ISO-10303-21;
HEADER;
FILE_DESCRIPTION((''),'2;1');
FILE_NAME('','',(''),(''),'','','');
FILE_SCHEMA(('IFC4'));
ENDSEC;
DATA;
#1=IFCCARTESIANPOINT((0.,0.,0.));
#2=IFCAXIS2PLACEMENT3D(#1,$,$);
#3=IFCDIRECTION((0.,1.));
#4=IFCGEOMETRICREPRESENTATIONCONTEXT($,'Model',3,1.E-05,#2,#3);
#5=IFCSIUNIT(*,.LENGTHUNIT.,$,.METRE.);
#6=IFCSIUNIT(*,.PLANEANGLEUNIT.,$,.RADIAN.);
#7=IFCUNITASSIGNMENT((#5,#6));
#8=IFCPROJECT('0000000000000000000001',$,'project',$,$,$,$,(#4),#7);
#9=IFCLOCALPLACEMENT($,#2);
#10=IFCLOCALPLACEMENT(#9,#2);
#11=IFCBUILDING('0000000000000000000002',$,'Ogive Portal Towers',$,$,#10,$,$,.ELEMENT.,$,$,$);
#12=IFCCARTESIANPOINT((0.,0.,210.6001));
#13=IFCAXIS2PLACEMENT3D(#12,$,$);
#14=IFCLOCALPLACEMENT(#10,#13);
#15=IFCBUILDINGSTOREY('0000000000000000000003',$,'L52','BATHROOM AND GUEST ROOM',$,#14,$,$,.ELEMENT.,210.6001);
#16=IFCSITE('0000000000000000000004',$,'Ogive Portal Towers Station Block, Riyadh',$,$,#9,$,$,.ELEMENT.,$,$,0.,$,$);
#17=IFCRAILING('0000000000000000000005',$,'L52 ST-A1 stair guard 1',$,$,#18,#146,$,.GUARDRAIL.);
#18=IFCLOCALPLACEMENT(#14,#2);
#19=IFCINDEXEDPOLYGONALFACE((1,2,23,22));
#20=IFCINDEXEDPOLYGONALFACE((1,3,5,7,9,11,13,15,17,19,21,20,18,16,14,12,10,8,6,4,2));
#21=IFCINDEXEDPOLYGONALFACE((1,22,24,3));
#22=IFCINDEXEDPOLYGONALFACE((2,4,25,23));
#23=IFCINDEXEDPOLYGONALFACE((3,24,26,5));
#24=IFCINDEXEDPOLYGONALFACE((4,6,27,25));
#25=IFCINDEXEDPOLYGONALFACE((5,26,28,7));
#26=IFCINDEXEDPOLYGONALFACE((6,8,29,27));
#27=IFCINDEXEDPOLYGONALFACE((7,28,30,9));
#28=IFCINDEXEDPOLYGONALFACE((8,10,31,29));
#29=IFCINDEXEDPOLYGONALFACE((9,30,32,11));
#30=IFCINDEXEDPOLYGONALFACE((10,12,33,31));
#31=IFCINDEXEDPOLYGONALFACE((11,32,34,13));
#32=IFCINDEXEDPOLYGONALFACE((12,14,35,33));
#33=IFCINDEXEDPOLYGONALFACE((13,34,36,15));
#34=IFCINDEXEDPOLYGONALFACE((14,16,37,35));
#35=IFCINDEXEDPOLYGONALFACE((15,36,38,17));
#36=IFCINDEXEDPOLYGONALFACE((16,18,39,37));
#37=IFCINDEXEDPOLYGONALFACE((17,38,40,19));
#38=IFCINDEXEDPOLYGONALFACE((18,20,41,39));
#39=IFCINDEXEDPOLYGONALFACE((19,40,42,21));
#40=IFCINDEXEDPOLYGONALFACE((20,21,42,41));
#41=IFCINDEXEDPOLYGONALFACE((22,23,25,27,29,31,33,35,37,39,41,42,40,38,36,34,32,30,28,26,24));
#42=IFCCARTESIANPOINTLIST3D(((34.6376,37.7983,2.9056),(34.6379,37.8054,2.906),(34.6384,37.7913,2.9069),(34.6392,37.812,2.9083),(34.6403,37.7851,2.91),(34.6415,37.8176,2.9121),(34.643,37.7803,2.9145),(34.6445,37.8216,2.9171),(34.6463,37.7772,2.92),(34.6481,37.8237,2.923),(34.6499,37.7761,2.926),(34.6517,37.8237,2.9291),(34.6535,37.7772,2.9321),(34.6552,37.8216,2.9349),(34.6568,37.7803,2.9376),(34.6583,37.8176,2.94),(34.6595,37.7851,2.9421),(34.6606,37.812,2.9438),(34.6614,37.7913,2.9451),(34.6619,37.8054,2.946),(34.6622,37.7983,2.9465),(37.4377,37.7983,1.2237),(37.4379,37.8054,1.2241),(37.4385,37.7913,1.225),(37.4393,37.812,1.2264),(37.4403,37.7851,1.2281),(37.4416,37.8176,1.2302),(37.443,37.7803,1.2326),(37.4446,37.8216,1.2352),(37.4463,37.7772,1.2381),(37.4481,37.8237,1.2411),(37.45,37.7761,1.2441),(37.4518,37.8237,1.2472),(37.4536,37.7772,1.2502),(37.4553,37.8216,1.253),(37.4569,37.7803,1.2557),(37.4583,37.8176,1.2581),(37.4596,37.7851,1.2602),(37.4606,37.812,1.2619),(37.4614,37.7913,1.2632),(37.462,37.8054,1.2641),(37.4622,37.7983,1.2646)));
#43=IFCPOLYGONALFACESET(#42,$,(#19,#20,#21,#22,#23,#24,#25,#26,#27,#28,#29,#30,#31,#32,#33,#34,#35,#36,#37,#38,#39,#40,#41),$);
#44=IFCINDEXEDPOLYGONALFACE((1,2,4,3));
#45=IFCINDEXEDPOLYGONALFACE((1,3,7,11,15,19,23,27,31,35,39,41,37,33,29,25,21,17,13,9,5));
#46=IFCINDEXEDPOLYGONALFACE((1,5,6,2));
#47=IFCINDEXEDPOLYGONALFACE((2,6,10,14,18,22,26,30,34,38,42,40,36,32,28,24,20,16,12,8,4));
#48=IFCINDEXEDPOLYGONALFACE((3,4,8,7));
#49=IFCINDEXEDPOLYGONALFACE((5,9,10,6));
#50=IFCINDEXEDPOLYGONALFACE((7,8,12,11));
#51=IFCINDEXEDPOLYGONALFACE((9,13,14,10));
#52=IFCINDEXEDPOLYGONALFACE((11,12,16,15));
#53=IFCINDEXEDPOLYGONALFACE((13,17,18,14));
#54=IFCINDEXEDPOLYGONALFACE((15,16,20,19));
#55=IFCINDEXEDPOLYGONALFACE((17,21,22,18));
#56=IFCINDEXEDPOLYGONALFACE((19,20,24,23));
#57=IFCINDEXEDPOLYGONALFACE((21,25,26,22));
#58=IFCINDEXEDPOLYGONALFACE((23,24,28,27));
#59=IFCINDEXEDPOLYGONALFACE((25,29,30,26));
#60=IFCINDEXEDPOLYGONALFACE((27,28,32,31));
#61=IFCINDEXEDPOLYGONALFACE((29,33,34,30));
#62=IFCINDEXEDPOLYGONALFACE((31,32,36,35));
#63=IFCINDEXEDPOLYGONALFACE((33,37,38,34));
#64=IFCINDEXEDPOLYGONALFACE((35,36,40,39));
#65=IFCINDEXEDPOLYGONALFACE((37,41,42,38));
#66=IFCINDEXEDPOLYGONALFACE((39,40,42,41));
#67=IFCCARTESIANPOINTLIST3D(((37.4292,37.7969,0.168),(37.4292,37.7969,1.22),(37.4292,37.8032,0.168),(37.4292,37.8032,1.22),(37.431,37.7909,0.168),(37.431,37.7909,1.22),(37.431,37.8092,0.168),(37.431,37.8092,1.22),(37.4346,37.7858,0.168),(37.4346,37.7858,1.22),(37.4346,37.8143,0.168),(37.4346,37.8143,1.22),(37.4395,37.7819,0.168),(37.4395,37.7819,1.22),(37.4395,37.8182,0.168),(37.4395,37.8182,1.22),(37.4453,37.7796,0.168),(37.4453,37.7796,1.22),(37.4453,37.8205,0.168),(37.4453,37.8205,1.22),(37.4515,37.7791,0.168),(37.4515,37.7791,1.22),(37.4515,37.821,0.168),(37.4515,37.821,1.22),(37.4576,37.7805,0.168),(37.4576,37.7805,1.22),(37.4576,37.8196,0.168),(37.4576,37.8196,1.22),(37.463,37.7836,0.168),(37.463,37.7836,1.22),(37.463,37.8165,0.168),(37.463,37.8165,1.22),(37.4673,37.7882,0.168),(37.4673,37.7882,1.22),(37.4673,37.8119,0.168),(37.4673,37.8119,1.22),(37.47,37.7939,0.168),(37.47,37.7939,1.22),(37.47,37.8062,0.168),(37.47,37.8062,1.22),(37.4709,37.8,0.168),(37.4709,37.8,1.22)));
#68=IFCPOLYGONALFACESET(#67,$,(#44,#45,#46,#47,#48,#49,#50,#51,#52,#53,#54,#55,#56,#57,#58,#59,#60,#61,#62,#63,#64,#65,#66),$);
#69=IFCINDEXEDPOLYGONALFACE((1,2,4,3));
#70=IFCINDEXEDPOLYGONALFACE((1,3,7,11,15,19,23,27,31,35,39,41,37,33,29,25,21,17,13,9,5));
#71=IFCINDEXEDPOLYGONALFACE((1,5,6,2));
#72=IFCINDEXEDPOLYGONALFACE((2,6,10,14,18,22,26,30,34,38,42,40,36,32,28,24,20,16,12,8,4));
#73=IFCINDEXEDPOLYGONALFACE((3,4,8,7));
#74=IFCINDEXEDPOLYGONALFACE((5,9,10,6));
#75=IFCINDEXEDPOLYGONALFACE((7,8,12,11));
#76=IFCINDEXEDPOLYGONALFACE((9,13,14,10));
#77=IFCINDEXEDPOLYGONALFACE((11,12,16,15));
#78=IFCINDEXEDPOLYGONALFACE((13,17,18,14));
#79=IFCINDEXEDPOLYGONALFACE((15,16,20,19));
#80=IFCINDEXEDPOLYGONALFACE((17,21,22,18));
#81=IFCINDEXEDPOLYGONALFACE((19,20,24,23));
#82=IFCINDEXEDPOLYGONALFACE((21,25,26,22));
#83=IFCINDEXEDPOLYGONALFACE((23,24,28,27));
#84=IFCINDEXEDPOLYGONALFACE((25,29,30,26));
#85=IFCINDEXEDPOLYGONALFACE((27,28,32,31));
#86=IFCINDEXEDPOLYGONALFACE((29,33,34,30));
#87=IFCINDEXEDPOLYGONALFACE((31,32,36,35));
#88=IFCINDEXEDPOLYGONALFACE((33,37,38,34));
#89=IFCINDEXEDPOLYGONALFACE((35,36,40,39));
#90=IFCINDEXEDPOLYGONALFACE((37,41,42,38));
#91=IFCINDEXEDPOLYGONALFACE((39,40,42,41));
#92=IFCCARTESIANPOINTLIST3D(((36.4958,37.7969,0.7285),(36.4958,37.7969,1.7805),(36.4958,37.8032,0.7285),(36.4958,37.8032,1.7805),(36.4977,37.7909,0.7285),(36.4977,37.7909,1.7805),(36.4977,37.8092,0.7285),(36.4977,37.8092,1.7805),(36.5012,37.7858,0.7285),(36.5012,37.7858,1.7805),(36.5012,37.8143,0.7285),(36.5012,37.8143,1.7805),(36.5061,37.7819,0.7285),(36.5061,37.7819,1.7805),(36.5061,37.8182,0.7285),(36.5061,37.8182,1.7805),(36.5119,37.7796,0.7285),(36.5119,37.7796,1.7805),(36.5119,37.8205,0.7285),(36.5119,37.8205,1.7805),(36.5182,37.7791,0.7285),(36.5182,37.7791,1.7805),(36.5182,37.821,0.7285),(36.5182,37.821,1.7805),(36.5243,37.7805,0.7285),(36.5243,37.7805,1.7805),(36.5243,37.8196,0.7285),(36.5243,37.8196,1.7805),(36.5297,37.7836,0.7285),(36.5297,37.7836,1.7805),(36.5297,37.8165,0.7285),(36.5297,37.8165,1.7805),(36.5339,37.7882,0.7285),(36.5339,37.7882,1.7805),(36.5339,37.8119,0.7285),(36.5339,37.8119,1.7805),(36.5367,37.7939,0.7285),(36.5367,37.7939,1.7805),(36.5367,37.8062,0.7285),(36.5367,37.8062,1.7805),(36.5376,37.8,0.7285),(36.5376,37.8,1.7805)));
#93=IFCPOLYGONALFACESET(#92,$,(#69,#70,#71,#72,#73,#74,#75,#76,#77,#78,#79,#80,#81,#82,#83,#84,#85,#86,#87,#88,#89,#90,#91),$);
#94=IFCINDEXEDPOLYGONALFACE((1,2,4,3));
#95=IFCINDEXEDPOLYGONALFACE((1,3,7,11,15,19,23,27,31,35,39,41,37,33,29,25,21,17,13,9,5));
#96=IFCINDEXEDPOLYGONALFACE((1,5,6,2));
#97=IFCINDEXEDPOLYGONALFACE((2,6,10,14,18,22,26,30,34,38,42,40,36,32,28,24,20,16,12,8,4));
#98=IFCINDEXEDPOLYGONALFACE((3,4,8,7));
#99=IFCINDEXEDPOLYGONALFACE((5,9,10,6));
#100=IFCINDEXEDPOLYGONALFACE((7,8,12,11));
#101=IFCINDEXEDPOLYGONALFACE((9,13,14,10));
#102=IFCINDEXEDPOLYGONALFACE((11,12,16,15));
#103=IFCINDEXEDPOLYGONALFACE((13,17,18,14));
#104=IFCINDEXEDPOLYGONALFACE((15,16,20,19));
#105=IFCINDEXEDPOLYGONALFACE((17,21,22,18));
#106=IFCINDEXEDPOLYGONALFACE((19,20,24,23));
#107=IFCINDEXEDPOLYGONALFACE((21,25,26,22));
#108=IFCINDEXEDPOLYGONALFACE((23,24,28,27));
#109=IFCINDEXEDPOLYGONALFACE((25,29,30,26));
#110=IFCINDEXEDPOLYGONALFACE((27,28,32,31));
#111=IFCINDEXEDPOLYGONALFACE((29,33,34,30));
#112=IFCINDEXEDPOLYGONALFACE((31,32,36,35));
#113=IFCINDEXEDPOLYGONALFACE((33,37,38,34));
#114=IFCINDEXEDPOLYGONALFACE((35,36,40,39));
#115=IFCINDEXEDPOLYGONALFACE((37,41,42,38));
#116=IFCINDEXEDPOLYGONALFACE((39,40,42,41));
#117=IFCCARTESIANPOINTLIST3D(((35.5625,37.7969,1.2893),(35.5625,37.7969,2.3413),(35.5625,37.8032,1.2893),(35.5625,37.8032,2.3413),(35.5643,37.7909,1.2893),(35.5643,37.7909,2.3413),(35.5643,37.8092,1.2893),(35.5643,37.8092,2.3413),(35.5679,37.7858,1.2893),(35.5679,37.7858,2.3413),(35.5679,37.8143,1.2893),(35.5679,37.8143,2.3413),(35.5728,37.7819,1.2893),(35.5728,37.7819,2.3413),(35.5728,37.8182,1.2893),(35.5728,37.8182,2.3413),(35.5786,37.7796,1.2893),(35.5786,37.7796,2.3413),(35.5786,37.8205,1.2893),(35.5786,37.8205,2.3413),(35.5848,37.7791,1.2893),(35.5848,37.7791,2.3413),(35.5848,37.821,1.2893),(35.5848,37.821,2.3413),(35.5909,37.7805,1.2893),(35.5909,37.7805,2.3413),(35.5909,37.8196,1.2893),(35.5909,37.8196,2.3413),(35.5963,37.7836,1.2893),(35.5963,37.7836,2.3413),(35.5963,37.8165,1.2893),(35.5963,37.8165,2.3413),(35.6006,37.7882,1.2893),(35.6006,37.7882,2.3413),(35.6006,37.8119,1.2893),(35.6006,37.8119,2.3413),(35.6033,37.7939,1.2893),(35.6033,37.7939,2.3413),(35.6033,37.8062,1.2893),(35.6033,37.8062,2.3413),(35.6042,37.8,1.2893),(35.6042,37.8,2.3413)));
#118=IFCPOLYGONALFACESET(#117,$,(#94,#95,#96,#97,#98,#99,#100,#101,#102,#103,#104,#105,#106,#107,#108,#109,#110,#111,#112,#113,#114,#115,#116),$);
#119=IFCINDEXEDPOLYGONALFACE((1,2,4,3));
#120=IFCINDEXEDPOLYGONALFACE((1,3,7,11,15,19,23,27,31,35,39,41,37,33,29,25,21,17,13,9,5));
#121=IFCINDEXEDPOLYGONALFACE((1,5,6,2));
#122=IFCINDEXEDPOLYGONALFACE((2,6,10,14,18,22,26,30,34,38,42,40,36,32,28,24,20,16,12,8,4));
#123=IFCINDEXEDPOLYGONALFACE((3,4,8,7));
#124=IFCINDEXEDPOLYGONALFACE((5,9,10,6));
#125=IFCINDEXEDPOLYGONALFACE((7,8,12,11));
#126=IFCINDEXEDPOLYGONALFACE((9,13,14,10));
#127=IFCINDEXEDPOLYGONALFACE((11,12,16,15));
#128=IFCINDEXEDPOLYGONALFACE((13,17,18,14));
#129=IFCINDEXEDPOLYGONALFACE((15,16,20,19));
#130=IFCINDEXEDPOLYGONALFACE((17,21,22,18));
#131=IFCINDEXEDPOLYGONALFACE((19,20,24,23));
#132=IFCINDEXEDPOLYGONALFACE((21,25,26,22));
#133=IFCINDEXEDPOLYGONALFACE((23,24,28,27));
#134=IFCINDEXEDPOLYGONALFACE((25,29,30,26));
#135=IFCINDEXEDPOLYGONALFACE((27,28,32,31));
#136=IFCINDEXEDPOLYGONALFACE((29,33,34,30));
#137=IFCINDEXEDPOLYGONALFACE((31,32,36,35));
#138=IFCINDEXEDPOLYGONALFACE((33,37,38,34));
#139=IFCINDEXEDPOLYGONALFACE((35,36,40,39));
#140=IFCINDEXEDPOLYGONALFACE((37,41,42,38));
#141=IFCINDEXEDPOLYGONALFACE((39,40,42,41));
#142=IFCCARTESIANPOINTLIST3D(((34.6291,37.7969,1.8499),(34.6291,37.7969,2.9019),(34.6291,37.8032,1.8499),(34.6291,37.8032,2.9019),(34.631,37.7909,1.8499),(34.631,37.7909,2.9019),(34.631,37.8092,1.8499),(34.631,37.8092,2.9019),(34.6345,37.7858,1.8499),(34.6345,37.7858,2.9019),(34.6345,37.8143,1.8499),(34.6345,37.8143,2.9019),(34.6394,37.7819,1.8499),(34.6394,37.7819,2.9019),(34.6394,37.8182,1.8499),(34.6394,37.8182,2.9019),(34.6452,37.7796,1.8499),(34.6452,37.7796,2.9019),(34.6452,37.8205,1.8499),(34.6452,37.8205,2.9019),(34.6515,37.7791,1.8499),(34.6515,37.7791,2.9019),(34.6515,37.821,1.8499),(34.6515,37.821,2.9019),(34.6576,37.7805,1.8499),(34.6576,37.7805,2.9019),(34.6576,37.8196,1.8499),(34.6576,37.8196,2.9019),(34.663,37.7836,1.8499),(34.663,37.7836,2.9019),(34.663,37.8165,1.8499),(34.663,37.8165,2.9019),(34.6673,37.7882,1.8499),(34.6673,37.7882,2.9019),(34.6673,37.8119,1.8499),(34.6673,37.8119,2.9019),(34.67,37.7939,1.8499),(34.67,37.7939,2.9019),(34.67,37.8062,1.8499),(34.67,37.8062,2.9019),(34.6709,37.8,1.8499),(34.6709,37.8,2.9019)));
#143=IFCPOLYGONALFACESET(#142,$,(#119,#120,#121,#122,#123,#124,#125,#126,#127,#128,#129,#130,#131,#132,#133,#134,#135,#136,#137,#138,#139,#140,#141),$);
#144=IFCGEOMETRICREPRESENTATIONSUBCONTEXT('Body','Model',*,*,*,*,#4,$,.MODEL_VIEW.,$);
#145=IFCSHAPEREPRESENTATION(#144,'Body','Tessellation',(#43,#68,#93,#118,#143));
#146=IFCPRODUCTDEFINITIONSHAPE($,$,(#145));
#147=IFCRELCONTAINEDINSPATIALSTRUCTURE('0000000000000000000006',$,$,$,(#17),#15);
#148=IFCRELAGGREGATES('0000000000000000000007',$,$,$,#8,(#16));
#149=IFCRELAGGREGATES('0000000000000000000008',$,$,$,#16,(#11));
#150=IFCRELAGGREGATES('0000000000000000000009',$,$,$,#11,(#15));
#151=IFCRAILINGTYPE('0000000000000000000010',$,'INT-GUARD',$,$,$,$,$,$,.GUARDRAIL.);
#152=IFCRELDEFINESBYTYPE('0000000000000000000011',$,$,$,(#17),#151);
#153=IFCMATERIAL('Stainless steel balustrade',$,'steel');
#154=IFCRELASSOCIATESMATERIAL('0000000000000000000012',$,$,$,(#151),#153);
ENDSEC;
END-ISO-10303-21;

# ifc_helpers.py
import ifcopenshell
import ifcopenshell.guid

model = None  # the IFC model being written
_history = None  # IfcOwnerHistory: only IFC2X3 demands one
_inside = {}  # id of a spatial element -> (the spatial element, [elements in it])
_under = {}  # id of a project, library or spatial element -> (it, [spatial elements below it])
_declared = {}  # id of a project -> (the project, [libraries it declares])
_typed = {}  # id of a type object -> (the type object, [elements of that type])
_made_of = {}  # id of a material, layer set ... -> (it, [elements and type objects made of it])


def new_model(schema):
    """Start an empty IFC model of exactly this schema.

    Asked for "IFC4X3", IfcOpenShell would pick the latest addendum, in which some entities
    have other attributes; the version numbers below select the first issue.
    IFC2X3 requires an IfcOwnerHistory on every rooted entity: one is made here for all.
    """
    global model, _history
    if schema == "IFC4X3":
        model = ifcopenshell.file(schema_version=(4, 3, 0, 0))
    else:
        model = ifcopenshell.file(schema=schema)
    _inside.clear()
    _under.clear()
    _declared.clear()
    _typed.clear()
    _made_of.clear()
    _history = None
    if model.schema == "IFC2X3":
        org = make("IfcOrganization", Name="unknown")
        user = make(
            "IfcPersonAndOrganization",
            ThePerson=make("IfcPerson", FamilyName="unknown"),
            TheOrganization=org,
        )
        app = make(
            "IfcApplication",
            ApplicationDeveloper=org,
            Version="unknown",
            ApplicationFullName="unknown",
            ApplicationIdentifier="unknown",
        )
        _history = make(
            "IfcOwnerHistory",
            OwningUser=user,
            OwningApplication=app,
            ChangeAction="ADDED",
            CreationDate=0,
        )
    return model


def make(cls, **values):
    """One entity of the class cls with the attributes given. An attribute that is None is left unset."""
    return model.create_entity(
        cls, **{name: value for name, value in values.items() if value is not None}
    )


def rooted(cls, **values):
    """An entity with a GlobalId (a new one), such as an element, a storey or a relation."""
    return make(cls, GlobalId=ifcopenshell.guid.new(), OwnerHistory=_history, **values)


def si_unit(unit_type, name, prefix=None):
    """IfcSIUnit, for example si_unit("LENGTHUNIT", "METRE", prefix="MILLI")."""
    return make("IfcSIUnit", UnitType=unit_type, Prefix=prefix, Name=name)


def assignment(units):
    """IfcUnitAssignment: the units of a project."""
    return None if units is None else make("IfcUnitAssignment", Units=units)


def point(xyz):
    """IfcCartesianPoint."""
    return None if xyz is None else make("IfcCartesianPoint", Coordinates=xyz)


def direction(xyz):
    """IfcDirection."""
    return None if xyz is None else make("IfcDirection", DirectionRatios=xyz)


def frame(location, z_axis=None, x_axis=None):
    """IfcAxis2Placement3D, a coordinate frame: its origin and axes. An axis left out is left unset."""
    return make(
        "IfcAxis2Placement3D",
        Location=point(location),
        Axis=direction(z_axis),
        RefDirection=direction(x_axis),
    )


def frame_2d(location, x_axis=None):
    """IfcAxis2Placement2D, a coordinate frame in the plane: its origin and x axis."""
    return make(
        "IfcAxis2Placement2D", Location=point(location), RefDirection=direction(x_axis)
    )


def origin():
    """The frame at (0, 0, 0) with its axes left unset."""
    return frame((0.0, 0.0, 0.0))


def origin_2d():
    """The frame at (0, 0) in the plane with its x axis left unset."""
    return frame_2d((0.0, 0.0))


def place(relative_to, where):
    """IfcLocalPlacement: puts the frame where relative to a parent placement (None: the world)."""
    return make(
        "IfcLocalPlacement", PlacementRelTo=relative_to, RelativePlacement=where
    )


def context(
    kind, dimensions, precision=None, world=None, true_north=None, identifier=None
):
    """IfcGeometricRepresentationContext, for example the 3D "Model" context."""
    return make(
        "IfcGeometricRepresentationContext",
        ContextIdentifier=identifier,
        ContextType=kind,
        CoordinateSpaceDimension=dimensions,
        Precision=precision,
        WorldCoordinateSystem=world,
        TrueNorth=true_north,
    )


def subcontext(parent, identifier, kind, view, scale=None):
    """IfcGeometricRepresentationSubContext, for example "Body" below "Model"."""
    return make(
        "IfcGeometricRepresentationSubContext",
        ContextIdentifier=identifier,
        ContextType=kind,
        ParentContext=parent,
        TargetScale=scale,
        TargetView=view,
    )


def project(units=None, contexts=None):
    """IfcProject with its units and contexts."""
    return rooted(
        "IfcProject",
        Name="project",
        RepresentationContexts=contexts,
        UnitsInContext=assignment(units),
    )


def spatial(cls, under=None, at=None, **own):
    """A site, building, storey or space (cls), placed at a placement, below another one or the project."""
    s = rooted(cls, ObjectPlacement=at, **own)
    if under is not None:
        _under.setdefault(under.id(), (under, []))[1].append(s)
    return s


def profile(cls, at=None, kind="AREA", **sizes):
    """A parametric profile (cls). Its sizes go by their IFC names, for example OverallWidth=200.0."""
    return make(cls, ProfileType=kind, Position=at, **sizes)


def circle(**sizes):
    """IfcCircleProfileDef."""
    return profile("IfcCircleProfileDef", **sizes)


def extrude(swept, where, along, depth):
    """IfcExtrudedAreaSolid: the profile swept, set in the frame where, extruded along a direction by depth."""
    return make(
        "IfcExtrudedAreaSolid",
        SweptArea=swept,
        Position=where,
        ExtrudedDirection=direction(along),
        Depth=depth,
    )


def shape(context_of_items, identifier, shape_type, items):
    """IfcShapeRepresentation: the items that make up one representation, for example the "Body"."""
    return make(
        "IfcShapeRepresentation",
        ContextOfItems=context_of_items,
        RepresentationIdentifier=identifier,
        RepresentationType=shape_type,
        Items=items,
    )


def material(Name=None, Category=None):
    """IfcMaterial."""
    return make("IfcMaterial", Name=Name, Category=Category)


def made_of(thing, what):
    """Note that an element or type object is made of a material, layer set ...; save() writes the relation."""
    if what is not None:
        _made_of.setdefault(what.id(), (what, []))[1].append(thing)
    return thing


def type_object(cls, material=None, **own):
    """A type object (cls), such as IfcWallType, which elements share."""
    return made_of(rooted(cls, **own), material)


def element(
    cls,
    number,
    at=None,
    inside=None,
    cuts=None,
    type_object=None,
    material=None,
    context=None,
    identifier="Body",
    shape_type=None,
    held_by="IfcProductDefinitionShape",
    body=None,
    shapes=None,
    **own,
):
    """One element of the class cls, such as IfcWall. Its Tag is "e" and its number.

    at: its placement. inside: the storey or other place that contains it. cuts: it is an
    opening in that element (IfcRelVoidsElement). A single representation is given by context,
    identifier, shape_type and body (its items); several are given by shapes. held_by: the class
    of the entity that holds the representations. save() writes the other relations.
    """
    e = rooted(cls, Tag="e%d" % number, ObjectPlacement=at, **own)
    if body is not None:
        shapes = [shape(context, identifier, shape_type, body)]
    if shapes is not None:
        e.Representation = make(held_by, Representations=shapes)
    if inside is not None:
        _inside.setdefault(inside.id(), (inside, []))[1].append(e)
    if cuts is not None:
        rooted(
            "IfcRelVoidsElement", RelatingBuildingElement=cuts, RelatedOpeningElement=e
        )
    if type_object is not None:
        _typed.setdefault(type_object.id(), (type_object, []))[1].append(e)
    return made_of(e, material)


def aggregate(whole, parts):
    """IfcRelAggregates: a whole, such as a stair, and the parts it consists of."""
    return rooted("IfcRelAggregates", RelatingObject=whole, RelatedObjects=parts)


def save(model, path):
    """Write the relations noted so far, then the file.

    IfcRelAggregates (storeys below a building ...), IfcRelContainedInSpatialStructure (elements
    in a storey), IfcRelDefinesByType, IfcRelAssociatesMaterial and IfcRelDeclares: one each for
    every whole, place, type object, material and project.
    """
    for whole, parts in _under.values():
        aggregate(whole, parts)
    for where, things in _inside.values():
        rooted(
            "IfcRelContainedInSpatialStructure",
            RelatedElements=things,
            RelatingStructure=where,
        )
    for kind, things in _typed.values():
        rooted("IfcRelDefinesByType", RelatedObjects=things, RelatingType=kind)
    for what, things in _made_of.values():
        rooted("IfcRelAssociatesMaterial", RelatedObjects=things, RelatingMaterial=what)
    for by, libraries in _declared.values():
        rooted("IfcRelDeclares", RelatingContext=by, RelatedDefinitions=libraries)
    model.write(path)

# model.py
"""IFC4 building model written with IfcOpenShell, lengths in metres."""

from ifc_helpers import new_model, si_unit, direction, frame, origin, origin_2d, place, context, subcontext, project, spatial, circle, extrude, material, type_object, element, save


model = new_model("IFC4")

# Units and contexts
model_context = context("Model", 3, precision=1e-05, world=origin(), true_north=direction((0.0, 1.0)))
body_context = subcontext(model_context, "Body", "Model", "MODEL_VIEW")
ifc_project = project(units=[si_unit("LENGTHUNIT", "METRE"), si_unit("PLANEANGLEUNIT", "RADIAN")], contexts=[model_context])

# Site, building, storey
site_placement = place(None, origin())
site = spatial("IfcSite", under=ifc_project, at=site_placement, Name="Ogive Portal Towers Station Block, Riyadh", CompositionType="ELEMENT", RefElevation=0.0)
building_placement = place(site_placement, origin())
building = spatial("IfcBuilding", under=site, at=building_placement, Name="Ogive Portal Towers", CompositionType="ELEMENT")
storey_placement = place(building_placement, frame((0.0, 0.0, 210.6001)))
storey = spatial("IfcBuildingStorey", under=building, at=storey_placement, Name="L52", Description="BATHROOM AND GUEST ROOM", CompositionType="ELEMENT", Elevation=210.6001)

# Railing
ifc_material_1 = material(Name="Stainless steel balustrade", Category="steel")
railing_type_1 = type_object("IfcRailingType", Name="INT-GUARD", PredefinedType="GUARDRAIL", material=ifc_material_1)
railing_1_placement = place(storey_placement, frame((37.45, 37.8, 0.168)))
element("IfcRailing", 1, at=railing_1_placement, inside=storey, type_object=railing_type_1, Name="L52 ST-A1 stair guard 1", PredefinedType="GUARDRAIL", context=body_context, shape_type="SweptSolid", body=[
    extrude(circle(Radius=0.0239, at=origin_2d()), frame((0.0, 0.0, 1.0762), z_axis=(-0.857242, 0.0, 0.514913), x_axis=(0.0, -1.0, 0.0)), (0.0, 0.0, 1.0), 3.2664),
    extrude(circle(Radius=0.021, at=origin_2d()), origin(), (0.0, 0.0, 1.0), 1.052),
    extrude(circle(Radius=0.021, at=origin_2d()), frame((-0.9333, 0.0, 0.5605)), (0.0, 0.0, 1.0), 1.052),
    extrude(circle(Radius=0.021, at=origin_2d()), frame((-1.8667, 0.0, 1.1213)), (0.0, 0.0, 1.0), 1.052),
    extrude(circle(Radius=0.021, at=origin_2d()), frame((-2.8, 0.0, 1.6819)), (0.0, 0.0, 1.0), 1.052),
])

save(model, "model.ifc")
